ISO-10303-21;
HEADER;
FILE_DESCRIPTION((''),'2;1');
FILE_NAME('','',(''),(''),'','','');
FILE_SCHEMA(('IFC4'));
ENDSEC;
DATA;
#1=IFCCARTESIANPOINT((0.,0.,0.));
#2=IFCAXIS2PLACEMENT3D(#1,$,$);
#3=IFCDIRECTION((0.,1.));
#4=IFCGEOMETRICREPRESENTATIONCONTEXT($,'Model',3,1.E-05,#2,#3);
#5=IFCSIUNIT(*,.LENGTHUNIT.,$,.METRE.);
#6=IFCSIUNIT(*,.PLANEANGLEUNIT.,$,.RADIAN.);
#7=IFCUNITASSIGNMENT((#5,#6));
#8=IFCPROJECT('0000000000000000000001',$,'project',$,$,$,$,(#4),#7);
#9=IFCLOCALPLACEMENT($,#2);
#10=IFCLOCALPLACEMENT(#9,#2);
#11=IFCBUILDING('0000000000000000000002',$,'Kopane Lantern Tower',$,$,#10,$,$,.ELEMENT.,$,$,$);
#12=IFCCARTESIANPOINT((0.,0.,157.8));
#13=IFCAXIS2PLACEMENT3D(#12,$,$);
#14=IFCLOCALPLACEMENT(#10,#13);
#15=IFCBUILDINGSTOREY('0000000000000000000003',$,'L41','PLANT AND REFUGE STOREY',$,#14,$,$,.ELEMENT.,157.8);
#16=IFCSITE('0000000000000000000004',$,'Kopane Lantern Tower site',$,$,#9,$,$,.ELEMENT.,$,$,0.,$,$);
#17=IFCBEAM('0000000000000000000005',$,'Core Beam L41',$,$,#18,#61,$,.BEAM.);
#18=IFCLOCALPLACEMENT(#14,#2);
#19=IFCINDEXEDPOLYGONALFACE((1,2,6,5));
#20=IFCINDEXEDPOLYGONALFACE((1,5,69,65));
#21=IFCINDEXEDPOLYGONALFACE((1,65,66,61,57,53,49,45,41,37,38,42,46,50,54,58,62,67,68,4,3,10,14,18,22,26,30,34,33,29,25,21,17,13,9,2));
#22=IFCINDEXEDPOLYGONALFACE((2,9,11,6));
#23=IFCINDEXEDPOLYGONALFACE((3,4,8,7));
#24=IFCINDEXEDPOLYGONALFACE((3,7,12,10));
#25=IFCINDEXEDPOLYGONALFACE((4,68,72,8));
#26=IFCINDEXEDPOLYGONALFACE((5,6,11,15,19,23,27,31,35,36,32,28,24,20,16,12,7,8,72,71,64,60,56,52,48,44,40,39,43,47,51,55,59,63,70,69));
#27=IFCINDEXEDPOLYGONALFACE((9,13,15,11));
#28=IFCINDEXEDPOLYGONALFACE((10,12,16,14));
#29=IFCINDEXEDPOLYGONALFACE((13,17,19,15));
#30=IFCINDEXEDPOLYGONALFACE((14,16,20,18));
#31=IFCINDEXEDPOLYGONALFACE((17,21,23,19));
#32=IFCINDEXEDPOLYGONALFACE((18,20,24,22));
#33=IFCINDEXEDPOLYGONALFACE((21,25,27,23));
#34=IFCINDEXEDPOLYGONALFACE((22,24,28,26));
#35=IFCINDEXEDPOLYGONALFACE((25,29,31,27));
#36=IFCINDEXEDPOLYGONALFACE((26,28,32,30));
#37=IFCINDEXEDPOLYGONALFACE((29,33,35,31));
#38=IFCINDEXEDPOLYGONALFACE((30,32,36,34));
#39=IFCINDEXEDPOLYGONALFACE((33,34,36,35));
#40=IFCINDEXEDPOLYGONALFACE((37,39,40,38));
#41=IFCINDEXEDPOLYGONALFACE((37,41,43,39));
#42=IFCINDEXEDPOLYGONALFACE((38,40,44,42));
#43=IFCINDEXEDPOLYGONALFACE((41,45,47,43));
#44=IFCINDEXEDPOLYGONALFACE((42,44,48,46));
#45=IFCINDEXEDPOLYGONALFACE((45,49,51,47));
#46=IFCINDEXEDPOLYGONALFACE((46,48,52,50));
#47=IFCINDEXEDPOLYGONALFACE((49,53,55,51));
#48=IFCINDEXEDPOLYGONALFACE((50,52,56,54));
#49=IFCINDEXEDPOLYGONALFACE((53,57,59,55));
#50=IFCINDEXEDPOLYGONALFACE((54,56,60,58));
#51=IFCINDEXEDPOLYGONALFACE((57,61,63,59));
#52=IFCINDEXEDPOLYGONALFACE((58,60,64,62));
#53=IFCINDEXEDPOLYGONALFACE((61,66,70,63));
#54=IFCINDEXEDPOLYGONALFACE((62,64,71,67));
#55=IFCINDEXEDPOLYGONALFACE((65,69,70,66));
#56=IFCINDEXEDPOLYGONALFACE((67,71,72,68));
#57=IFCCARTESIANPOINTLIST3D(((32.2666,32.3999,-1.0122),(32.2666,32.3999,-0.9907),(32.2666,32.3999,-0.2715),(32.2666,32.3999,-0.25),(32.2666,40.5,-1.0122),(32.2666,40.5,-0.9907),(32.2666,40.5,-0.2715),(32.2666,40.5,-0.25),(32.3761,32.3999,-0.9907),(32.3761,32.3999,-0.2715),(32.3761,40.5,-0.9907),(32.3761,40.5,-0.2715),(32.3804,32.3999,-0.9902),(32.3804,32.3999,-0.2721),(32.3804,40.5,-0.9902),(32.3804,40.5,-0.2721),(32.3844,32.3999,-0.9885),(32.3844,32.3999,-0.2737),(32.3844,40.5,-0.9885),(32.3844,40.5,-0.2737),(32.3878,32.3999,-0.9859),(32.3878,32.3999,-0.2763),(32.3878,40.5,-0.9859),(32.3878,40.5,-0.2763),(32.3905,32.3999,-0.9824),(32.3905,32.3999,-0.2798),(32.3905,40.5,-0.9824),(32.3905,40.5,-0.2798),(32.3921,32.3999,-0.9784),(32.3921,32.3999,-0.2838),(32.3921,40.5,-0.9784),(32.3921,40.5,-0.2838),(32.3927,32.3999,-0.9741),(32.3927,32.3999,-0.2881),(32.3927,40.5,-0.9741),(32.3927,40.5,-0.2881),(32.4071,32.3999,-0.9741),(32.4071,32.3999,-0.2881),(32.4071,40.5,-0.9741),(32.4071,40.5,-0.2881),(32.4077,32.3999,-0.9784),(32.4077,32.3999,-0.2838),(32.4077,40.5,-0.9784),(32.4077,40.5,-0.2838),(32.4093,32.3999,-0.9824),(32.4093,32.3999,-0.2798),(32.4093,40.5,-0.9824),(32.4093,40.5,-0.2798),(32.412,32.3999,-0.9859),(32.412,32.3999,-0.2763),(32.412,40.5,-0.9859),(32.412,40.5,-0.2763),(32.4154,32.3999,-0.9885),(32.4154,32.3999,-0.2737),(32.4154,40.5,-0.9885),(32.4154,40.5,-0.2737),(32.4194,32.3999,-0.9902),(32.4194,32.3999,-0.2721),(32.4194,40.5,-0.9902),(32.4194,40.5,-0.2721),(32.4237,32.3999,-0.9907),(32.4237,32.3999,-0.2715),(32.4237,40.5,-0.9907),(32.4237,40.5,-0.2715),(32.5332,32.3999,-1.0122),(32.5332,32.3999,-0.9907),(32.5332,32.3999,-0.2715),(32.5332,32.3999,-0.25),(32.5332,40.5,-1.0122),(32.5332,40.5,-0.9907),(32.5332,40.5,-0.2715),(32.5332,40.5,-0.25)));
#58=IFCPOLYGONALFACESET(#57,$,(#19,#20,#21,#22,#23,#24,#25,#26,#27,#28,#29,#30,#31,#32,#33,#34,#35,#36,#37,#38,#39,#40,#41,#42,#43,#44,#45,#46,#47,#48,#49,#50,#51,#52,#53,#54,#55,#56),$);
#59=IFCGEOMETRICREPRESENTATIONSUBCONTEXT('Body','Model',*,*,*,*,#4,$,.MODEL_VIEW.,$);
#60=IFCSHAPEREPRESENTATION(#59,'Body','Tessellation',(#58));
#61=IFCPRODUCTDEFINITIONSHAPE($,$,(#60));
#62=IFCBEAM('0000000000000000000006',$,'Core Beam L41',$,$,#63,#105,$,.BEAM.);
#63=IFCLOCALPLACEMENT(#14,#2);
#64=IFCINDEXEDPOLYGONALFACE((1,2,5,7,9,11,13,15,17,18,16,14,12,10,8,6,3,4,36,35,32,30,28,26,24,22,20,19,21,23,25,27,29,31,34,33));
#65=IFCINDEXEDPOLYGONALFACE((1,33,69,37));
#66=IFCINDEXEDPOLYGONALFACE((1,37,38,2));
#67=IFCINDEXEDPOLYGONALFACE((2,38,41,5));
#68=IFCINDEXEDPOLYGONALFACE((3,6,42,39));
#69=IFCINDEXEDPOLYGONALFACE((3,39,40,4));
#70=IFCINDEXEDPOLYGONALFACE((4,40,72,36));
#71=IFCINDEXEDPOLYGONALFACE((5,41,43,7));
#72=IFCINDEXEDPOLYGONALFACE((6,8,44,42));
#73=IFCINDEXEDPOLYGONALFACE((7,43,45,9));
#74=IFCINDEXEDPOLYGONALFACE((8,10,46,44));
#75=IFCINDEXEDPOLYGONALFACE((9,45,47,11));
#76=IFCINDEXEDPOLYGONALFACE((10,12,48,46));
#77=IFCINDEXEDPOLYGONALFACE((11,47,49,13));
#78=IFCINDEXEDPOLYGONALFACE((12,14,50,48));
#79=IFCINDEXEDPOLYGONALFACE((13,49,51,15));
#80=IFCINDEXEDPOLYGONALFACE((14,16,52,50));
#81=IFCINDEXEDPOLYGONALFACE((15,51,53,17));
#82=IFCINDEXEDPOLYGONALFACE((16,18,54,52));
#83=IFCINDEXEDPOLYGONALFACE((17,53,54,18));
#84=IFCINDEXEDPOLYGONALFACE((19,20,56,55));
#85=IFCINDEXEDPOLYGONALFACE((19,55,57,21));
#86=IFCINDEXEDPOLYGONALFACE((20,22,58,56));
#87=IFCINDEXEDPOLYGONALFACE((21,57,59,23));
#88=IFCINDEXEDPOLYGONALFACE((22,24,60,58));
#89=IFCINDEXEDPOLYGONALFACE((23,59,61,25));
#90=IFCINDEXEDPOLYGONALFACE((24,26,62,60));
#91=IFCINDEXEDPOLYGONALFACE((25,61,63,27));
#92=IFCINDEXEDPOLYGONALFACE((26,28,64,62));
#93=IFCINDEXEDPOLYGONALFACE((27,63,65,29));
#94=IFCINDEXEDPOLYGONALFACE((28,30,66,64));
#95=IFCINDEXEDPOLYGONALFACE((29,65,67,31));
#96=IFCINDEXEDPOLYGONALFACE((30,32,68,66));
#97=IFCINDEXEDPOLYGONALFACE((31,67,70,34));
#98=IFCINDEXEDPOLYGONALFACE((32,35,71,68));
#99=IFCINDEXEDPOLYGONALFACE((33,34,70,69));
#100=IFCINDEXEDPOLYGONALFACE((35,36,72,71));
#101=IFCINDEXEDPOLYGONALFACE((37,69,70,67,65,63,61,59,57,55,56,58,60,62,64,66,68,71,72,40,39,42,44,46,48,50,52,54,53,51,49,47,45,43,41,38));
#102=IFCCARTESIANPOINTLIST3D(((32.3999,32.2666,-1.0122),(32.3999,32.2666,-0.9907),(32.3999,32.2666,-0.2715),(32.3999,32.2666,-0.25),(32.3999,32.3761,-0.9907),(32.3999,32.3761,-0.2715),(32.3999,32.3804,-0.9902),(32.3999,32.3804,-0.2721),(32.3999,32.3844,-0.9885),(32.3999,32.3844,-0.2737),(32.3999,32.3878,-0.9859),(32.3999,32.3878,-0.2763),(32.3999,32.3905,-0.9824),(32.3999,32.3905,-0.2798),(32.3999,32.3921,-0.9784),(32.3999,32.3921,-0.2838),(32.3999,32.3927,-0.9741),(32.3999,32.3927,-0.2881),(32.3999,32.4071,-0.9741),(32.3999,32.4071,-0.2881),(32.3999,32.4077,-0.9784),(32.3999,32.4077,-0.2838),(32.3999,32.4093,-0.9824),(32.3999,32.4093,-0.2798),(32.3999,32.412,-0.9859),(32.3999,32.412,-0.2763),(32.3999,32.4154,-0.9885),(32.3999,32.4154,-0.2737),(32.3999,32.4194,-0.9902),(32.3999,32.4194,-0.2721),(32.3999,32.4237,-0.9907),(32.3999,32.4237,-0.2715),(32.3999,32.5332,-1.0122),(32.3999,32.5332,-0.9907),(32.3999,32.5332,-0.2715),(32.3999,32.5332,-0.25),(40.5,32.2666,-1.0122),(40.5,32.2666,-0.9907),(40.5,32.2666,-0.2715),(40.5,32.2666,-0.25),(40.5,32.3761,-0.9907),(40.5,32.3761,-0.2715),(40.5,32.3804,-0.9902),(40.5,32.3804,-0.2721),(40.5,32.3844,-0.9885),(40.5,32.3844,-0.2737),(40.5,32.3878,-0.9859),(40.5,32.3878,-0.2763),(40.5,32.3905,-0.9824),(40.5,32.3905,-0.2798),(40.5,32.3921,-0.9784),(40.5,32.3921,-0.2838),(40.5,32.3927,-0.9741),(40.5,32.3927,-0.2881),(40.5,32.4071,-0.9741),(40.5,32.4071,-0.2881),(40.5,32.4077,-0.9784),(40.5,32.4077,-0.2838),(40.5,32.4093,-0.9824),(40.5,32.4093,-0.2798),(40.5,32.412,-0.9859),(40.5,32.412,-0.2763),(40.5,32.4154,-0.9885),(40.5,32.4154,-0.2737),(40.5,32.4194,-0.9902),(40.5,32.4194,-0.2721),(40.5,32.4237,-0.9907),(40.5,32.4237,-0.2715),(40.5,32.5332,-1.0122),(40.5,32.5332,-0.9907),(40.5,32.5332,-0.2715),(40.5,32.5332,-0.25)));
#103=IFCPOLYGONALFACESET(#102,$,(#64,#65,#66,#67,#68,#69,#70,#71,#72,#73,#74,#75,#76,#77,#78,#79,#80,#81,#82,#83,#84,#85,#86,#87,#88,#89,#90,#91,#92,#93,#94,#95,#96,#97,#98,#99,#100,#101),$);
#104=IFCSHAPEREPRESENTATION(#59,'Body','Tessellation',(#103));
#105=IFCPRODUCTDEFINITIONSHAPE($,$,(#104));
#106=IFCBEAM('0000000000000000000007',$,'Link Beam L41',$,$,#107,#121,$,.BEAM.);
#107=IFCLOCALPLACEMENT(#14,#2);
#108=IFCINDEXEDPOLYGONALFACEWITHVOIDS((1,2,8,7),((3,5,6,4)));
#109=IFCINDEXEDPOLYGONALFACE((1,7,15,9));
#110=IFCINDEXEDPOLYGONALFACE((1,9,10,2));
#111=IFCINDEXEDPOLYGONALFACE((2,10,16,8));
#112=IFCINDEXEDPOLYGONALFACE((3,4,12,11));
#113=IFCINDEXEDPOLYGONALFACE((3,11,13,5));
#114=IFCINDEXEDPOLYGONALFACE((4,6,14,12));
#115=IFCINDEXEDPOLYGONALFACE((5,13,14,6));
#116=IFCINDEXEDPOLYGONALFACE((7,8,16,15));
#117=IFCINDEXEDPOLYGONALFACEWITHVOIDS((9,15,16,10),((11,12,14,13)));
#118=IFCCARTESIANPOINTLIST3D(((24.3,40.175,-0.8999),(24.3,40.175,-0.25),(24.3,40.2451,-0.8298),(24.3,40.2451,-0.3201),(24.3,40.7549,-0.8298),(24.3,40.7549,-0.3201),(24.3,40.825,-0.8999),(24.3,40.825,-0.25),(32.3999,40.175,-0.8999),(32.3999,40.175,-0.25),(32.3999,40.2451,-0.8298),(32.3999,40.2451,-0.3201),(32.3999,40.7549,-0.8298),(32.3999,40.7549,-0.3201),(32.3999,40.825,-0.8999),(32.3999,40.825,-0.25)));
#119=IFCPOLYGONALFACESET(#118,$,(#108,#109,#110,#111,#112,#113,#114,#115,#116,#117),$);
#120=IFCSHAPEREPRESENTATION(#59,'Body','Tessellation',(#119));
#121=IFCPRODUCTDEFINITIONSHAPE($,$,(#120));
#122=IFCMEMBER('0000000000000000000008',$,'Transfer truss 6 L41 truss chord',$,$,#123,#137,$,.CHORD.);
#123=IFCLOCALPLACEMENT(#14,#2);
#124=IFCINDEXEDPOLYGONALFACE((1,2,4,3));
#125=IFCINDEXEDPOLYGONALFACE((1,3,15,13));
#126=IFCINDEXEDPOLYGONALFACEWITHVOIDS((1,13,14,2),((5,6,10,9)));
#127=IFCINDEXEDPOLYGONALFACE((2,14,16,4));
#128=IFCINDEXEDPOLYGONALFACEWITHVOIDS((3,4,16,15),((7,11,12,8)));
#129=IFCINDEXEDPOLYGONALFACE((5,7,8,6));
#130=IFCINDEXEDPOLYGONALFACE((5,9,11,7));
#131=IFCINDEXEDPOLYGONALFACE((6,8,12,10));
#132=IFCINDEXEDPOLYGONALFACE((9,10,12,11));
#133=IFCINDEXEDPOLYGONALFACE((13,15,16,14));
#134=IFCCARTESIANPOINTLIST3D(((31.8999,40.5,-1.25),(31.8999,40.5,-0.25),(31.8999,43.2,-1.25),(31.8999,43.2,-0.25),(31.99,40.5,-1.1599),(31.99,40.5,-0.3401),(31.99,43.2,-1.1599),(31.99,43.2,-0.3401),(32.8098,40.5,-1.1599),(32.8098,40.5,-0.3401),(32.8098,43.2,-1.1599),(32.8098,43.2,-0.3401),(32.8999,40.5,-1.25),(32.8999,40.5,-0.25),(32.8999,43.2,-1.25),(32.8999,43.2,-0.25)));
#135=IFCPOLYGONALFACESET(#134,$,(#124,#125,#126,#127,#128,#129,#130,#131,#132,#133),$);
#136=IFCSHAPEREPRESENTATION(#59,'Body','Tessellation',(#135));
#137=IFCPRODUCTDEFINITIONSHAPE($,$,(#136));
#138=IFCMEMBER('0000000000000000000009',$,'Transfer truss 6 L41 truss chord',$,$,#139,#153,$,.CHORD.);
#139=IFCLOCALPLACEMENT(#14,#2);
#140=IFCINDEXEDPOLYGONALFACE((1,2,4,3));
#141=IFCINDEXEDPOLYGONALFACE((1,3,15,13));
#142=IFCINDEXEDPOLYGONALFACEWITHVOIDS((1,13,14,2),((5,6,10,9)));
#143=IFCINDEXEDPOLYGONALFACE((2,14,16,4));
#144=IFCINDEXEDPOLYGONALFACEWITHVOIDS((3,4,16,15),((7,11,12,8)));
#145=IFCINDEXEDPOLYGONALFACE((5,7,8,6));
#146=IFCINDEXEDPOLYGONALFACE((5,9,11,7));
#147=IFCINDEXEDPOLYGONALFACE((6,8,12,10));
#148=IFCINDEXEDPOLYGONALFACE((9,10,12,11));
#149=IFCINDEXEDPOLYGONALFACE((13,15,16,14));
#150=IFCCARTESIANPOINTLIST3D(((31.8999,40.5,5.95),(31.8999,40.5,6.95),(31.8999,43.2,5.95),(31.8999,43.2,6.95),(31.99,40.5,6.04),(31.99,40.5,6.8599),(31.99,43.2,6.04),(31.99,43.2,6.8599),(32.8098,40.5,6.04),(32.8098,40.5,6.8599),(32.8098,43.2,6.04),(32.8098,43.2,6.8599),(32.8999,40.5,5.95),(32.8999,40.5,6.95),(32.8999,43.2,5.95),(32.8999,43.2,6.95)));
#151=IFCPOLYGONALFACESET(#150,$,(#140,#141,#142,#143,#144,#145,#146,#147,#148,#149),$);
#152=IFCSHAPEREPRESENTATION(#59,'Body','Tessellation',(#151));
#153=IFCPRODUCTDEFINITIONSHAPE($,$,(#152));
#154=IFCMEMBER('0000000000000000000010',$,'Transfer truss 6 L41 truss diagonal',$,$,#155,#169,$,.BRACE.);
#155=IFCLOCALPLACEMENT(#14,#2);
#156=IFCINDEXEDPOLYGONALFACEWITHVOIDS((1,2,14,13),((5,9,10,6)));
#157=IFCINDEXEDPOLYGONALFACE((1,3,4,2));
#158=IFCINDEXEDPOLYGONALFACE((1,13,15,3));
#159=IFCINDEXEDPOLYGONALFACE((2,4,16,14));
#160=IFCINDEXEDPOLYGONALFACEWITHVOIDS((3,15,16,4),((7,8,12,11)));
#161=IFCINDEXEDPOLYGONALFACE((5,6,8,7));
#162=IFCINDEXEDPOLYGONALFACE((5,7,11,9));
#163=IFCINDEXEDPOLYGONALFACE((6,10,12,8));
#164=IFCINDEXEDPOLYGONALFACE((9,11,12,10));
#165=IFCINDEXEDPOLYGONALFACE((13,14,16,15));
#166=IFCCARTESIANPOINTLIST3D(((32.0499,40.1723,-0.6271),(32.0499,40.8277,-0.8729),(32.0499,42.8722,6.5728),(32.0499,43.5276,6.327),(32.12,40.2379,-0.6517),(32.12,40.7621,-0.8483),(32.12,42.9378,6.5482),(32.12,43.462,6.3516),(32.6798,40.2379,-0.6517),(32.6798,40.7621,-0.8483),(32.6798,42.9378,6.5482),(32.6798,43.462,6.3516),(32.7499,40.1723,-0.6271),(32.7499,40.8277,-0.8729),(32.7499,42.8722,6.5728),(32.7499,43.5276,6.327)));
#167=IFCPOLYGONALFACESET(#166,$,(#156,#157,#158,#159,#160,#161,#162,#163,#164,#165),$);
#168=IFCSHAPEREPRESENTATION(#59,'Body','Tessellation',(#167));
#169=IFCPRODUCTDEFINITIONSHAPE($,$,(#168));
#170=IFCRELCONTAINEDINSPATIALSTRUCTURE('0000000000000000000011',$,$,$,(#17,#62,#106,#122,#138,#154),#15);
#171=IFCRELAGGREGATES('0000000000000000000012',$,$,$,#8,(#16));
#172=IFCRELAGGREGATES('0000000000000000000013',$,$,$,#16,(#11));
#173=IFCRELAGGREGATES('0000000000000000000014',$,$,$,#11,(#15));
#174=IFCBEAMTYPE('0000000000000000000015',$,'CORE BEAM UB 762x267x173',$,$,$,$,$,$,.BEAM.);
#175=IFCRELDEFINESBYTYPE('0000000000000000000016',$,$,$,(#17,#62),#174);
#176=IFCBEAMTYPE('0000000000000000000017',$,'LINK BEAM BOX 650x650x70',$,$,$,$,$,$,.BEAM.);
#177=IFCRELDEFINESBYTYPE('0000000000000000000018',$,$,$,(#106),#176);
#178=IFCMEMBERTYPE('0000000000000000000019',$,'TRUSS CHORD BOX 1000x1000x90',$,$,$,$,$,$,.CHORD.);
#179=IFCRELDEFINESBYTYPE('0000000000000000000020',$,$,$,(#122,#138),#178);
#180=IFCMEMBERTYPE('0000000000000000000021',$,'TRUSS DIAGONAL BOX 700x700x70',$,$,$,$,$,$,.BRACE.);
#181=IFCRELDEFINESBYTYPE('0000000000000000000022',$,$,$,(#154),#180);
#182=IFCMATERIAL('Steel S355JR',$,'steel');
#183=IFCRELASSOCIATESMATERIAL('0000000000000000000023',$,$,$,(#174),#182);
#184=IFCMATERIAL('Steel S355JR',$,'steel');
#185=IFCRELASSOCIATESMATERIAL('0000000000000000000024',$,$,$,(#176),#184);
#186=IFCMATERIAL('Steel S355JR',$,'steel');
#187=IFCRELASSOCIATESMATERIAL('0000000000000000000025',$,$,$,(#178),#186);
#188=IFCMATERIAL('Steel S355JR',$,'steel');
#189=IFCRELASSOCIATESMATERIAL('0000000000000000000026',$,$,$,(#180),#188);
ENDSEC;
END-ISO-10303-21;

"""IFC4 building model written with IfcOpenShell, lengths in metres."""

from ifc_helpers import new_model, si_unit, direction, frame, origin, origin_2d, place, context, subcontext, project, spatial, hollow_rectangle, i_section, extrude, material, material_profile, profile_set, type_object, element, save


model = new_model("IFC4")

# Units and contexts
model_context = context("Model", 3, precision=1e-05, world=origin(), true_north=direction((0.0, 1.0)))
body_context = subcontext(model_context, "Body", "Model", "MODEL_VIEW")
ifc_project = project(units=[si_unit("LENGTHUNIT", "METRE"), si_unit("PLANEANGLEUNIT", "RADIAN")], contexts=[model_context])

# Site, building, storey
site_placement = place(None, origin())
site = spatial("IfcSite", under=ifc_project, at=site_placement, Name="Kopane Lantern Tower site", CompositionType="ELEMENT", RefElevation=0.0)
building_placement = place(site_placement, origin())
building = spatial("IfcBuilding", under=site, at=building_placement, Name="Kopane Lantern Tower", CompositionType="ELEMENT")
storey_placement = place(building_placement, frame((0.0, 0.0, 157.8)))
storey = spatial("IfcBuildingStorey", under=building, at=storey_placement, Name="L41", Description="PLANT AND REFUGE STOREY", CompositionType="ELEMENT", Elevation=157.8)

# Beams
ifc_material_1 = material(Name="Steel S355JR", Category="steel")
ifc_material_profile_1 = material_profile(ifc_material_1, i_section(OverallWidth=0.2666, OverallDepth=0.7622, WebThickness=0.0144, FlangeThickness=0.0215, FilletRadius=0.0166, at=origin_2d()), Name="UB 762x267x173")
ifc_profile_set_1 = profile_set([ifc_material_profile_1], Name="Steel S355JR")
beam_type_1 = type_object("IfcBeamType", Name="CORE BEAM UB 762x267x173", PredefinedType="BEAM", material=ifc_profile_set_1)
for number, where, z_axis, x_axis, name in (
    (1, (32.3999, 32.3999, -0.6311), (0.0, 1.0, 0.0), (-1.0, 0.0, 0.0), "Core Beam L41"),
    (2, (32.3999, 32.3999, -0.6311), (1.0, 0.0, 0.0), (0.0, 1.0, 0.0), "Core Beam L41"),
):
    element("IfcBeam", number, at=place(storey_placement, frame(where, z_axis=z_axis, x_axis=x_axis)), inside=storey, type_object=beam_type_1, Name=name, PredefinedType="BEAM", context=body_context, shape_type="SweptSolid", body=[
        extrude(i_section(OverallWidth=0.2666, OverallDepth=0.7622, WebThickness=0.0144, FlangeThickness=0.0215, FilletRadius=0.0166, at=origin_2d()), origin(), (0.0, 0.0, 1.0), 8.1001),
    ])
ifc_material_2 = material(Name="Steel S355JR", Category="steel")
ifc_material_profile_2 = material_profile(ifc_material_2, hollow_rectangle(XDim=0.6499, YDim=0.6499, WallThickness=0.0701, at=origin_2d()), Name="BOX 650x650x70")
ifc_profile_set_2 = profile_set([ifc_material_profile_2], Name="Steel S355JR")
beam_type_2 = type_object("IfcBeamType", Name="LINK BEAM BOX 650x650x70", PredefinedType="BEAM", material=ifc_profile_set_2)
beam_1_placement = place(storey_placement, frame((24.3, 40.5, -0.575), z_axis=(1.0, 0.0, 0.0), x_axis=(0.0, 1.0, 0.0)))
element("IfcBeam", 3, at=beam_1_placement, inside=storey, type_object=beam_type_2, Name="Link Beam L41", PredefinedType="BEAM", context=body_context, shape_type="SweptSolid", body=[
    extrude(hollow_rectangle(XDim=0.6499, YDim=0.6499, WallThickness=0.0701, at=origin_2d()), origin(), (0.0, 0.0, 1.0), 8.0999),
])

# Members
ifc_material_3 = material(Name="Steel S355JR", Category="steel")
ifc_material_profile_3 = material_profile(ifc_material_3, hollow_rectangle(XDim=1.0, YDim=1.0, WallThickness=0.0901, at=origin_2d()), Name="BOX 1000x1000x90")
ifc_profile_set_3 = profile_set([ifc_material_profile_3], Name="Steel S355JR")
member_type_1 = type_object("IfcMemberType", Name="TRUSS CHORD BOX 1000x1000x90", PredefinedType="CHORD", material=ifc_profile_set_3)
for number, where, z_axis, x_axis, name in (
    (4, (32.3999, 40.5, -0.75), (0.0, 1.0, 0.0), (-1.0, 0.0, 0.0), "Transfer truss 6 L41 truss chord"),
    (5, (32.3999, 40.5, 6.45), (0.0, 1.0, 0.0), (-1.0, 0.0, 0.0), "Transfer truss 6 L41 truss chord"),
):
    element("IfcMember", number, at=place(storey_placement, frame(where, z_axis=z_axis, x_axis=x_axis)), inside=storey, type_object=member_type_1, Name=name, PredefinedType="CHORD", context=body_context, shape_type="SweptSolid", body=[
        extrude(hollow_rectangle(XDim=1.0, YDim=1.0, WallThickness=0.0901, at=origin_2d()), origin(), (0.0, 0.0, 1.0), 2.7),
    ])
ifc_material_4 = material(Name="Steel S355JR", Category="steel")
ifc_material_profile_4 = material_profile(ifc_material_4, hollow_rectangle(XDim=0.7, YDim=0.7, WallThickness=0.0701, at=origin_2d()), Name="BOX 700x700x70")
ifc_profile_set_4 = profile_set([ifc_material_profile_4], Name="Steel S355JR")
member_type_2 = type_object("IfcMemberType", Name="TRUSS DIAGONAL BOX 700x700x70", PredefinedType="BRACE", material=ifc_profile_set_4)
member_1_placement = place(storey_placement, frame((32.3999, 40.5, -0.75), z_axis=(0.0, 0.35112, 0.93633), x_axis=(-1.0, 0.0, 0.0)))
element("IfcMember", 6, at=member_1_placement, inside=storey, type_object=member_type_2, Name="Transfer truss 6 L41 truss diagonal", PredefinedType="BRACE", context=body_context, shape_type="SweptSolid", body=[
    extrude(hollow_rectangle(XDim=0.7, YDim=0.7, WallThickness=0.0701, at=origin_2d()), origin(), (0.0, 0.0, 1.0), 7.6895),
])

save(model, "model.ifc")
